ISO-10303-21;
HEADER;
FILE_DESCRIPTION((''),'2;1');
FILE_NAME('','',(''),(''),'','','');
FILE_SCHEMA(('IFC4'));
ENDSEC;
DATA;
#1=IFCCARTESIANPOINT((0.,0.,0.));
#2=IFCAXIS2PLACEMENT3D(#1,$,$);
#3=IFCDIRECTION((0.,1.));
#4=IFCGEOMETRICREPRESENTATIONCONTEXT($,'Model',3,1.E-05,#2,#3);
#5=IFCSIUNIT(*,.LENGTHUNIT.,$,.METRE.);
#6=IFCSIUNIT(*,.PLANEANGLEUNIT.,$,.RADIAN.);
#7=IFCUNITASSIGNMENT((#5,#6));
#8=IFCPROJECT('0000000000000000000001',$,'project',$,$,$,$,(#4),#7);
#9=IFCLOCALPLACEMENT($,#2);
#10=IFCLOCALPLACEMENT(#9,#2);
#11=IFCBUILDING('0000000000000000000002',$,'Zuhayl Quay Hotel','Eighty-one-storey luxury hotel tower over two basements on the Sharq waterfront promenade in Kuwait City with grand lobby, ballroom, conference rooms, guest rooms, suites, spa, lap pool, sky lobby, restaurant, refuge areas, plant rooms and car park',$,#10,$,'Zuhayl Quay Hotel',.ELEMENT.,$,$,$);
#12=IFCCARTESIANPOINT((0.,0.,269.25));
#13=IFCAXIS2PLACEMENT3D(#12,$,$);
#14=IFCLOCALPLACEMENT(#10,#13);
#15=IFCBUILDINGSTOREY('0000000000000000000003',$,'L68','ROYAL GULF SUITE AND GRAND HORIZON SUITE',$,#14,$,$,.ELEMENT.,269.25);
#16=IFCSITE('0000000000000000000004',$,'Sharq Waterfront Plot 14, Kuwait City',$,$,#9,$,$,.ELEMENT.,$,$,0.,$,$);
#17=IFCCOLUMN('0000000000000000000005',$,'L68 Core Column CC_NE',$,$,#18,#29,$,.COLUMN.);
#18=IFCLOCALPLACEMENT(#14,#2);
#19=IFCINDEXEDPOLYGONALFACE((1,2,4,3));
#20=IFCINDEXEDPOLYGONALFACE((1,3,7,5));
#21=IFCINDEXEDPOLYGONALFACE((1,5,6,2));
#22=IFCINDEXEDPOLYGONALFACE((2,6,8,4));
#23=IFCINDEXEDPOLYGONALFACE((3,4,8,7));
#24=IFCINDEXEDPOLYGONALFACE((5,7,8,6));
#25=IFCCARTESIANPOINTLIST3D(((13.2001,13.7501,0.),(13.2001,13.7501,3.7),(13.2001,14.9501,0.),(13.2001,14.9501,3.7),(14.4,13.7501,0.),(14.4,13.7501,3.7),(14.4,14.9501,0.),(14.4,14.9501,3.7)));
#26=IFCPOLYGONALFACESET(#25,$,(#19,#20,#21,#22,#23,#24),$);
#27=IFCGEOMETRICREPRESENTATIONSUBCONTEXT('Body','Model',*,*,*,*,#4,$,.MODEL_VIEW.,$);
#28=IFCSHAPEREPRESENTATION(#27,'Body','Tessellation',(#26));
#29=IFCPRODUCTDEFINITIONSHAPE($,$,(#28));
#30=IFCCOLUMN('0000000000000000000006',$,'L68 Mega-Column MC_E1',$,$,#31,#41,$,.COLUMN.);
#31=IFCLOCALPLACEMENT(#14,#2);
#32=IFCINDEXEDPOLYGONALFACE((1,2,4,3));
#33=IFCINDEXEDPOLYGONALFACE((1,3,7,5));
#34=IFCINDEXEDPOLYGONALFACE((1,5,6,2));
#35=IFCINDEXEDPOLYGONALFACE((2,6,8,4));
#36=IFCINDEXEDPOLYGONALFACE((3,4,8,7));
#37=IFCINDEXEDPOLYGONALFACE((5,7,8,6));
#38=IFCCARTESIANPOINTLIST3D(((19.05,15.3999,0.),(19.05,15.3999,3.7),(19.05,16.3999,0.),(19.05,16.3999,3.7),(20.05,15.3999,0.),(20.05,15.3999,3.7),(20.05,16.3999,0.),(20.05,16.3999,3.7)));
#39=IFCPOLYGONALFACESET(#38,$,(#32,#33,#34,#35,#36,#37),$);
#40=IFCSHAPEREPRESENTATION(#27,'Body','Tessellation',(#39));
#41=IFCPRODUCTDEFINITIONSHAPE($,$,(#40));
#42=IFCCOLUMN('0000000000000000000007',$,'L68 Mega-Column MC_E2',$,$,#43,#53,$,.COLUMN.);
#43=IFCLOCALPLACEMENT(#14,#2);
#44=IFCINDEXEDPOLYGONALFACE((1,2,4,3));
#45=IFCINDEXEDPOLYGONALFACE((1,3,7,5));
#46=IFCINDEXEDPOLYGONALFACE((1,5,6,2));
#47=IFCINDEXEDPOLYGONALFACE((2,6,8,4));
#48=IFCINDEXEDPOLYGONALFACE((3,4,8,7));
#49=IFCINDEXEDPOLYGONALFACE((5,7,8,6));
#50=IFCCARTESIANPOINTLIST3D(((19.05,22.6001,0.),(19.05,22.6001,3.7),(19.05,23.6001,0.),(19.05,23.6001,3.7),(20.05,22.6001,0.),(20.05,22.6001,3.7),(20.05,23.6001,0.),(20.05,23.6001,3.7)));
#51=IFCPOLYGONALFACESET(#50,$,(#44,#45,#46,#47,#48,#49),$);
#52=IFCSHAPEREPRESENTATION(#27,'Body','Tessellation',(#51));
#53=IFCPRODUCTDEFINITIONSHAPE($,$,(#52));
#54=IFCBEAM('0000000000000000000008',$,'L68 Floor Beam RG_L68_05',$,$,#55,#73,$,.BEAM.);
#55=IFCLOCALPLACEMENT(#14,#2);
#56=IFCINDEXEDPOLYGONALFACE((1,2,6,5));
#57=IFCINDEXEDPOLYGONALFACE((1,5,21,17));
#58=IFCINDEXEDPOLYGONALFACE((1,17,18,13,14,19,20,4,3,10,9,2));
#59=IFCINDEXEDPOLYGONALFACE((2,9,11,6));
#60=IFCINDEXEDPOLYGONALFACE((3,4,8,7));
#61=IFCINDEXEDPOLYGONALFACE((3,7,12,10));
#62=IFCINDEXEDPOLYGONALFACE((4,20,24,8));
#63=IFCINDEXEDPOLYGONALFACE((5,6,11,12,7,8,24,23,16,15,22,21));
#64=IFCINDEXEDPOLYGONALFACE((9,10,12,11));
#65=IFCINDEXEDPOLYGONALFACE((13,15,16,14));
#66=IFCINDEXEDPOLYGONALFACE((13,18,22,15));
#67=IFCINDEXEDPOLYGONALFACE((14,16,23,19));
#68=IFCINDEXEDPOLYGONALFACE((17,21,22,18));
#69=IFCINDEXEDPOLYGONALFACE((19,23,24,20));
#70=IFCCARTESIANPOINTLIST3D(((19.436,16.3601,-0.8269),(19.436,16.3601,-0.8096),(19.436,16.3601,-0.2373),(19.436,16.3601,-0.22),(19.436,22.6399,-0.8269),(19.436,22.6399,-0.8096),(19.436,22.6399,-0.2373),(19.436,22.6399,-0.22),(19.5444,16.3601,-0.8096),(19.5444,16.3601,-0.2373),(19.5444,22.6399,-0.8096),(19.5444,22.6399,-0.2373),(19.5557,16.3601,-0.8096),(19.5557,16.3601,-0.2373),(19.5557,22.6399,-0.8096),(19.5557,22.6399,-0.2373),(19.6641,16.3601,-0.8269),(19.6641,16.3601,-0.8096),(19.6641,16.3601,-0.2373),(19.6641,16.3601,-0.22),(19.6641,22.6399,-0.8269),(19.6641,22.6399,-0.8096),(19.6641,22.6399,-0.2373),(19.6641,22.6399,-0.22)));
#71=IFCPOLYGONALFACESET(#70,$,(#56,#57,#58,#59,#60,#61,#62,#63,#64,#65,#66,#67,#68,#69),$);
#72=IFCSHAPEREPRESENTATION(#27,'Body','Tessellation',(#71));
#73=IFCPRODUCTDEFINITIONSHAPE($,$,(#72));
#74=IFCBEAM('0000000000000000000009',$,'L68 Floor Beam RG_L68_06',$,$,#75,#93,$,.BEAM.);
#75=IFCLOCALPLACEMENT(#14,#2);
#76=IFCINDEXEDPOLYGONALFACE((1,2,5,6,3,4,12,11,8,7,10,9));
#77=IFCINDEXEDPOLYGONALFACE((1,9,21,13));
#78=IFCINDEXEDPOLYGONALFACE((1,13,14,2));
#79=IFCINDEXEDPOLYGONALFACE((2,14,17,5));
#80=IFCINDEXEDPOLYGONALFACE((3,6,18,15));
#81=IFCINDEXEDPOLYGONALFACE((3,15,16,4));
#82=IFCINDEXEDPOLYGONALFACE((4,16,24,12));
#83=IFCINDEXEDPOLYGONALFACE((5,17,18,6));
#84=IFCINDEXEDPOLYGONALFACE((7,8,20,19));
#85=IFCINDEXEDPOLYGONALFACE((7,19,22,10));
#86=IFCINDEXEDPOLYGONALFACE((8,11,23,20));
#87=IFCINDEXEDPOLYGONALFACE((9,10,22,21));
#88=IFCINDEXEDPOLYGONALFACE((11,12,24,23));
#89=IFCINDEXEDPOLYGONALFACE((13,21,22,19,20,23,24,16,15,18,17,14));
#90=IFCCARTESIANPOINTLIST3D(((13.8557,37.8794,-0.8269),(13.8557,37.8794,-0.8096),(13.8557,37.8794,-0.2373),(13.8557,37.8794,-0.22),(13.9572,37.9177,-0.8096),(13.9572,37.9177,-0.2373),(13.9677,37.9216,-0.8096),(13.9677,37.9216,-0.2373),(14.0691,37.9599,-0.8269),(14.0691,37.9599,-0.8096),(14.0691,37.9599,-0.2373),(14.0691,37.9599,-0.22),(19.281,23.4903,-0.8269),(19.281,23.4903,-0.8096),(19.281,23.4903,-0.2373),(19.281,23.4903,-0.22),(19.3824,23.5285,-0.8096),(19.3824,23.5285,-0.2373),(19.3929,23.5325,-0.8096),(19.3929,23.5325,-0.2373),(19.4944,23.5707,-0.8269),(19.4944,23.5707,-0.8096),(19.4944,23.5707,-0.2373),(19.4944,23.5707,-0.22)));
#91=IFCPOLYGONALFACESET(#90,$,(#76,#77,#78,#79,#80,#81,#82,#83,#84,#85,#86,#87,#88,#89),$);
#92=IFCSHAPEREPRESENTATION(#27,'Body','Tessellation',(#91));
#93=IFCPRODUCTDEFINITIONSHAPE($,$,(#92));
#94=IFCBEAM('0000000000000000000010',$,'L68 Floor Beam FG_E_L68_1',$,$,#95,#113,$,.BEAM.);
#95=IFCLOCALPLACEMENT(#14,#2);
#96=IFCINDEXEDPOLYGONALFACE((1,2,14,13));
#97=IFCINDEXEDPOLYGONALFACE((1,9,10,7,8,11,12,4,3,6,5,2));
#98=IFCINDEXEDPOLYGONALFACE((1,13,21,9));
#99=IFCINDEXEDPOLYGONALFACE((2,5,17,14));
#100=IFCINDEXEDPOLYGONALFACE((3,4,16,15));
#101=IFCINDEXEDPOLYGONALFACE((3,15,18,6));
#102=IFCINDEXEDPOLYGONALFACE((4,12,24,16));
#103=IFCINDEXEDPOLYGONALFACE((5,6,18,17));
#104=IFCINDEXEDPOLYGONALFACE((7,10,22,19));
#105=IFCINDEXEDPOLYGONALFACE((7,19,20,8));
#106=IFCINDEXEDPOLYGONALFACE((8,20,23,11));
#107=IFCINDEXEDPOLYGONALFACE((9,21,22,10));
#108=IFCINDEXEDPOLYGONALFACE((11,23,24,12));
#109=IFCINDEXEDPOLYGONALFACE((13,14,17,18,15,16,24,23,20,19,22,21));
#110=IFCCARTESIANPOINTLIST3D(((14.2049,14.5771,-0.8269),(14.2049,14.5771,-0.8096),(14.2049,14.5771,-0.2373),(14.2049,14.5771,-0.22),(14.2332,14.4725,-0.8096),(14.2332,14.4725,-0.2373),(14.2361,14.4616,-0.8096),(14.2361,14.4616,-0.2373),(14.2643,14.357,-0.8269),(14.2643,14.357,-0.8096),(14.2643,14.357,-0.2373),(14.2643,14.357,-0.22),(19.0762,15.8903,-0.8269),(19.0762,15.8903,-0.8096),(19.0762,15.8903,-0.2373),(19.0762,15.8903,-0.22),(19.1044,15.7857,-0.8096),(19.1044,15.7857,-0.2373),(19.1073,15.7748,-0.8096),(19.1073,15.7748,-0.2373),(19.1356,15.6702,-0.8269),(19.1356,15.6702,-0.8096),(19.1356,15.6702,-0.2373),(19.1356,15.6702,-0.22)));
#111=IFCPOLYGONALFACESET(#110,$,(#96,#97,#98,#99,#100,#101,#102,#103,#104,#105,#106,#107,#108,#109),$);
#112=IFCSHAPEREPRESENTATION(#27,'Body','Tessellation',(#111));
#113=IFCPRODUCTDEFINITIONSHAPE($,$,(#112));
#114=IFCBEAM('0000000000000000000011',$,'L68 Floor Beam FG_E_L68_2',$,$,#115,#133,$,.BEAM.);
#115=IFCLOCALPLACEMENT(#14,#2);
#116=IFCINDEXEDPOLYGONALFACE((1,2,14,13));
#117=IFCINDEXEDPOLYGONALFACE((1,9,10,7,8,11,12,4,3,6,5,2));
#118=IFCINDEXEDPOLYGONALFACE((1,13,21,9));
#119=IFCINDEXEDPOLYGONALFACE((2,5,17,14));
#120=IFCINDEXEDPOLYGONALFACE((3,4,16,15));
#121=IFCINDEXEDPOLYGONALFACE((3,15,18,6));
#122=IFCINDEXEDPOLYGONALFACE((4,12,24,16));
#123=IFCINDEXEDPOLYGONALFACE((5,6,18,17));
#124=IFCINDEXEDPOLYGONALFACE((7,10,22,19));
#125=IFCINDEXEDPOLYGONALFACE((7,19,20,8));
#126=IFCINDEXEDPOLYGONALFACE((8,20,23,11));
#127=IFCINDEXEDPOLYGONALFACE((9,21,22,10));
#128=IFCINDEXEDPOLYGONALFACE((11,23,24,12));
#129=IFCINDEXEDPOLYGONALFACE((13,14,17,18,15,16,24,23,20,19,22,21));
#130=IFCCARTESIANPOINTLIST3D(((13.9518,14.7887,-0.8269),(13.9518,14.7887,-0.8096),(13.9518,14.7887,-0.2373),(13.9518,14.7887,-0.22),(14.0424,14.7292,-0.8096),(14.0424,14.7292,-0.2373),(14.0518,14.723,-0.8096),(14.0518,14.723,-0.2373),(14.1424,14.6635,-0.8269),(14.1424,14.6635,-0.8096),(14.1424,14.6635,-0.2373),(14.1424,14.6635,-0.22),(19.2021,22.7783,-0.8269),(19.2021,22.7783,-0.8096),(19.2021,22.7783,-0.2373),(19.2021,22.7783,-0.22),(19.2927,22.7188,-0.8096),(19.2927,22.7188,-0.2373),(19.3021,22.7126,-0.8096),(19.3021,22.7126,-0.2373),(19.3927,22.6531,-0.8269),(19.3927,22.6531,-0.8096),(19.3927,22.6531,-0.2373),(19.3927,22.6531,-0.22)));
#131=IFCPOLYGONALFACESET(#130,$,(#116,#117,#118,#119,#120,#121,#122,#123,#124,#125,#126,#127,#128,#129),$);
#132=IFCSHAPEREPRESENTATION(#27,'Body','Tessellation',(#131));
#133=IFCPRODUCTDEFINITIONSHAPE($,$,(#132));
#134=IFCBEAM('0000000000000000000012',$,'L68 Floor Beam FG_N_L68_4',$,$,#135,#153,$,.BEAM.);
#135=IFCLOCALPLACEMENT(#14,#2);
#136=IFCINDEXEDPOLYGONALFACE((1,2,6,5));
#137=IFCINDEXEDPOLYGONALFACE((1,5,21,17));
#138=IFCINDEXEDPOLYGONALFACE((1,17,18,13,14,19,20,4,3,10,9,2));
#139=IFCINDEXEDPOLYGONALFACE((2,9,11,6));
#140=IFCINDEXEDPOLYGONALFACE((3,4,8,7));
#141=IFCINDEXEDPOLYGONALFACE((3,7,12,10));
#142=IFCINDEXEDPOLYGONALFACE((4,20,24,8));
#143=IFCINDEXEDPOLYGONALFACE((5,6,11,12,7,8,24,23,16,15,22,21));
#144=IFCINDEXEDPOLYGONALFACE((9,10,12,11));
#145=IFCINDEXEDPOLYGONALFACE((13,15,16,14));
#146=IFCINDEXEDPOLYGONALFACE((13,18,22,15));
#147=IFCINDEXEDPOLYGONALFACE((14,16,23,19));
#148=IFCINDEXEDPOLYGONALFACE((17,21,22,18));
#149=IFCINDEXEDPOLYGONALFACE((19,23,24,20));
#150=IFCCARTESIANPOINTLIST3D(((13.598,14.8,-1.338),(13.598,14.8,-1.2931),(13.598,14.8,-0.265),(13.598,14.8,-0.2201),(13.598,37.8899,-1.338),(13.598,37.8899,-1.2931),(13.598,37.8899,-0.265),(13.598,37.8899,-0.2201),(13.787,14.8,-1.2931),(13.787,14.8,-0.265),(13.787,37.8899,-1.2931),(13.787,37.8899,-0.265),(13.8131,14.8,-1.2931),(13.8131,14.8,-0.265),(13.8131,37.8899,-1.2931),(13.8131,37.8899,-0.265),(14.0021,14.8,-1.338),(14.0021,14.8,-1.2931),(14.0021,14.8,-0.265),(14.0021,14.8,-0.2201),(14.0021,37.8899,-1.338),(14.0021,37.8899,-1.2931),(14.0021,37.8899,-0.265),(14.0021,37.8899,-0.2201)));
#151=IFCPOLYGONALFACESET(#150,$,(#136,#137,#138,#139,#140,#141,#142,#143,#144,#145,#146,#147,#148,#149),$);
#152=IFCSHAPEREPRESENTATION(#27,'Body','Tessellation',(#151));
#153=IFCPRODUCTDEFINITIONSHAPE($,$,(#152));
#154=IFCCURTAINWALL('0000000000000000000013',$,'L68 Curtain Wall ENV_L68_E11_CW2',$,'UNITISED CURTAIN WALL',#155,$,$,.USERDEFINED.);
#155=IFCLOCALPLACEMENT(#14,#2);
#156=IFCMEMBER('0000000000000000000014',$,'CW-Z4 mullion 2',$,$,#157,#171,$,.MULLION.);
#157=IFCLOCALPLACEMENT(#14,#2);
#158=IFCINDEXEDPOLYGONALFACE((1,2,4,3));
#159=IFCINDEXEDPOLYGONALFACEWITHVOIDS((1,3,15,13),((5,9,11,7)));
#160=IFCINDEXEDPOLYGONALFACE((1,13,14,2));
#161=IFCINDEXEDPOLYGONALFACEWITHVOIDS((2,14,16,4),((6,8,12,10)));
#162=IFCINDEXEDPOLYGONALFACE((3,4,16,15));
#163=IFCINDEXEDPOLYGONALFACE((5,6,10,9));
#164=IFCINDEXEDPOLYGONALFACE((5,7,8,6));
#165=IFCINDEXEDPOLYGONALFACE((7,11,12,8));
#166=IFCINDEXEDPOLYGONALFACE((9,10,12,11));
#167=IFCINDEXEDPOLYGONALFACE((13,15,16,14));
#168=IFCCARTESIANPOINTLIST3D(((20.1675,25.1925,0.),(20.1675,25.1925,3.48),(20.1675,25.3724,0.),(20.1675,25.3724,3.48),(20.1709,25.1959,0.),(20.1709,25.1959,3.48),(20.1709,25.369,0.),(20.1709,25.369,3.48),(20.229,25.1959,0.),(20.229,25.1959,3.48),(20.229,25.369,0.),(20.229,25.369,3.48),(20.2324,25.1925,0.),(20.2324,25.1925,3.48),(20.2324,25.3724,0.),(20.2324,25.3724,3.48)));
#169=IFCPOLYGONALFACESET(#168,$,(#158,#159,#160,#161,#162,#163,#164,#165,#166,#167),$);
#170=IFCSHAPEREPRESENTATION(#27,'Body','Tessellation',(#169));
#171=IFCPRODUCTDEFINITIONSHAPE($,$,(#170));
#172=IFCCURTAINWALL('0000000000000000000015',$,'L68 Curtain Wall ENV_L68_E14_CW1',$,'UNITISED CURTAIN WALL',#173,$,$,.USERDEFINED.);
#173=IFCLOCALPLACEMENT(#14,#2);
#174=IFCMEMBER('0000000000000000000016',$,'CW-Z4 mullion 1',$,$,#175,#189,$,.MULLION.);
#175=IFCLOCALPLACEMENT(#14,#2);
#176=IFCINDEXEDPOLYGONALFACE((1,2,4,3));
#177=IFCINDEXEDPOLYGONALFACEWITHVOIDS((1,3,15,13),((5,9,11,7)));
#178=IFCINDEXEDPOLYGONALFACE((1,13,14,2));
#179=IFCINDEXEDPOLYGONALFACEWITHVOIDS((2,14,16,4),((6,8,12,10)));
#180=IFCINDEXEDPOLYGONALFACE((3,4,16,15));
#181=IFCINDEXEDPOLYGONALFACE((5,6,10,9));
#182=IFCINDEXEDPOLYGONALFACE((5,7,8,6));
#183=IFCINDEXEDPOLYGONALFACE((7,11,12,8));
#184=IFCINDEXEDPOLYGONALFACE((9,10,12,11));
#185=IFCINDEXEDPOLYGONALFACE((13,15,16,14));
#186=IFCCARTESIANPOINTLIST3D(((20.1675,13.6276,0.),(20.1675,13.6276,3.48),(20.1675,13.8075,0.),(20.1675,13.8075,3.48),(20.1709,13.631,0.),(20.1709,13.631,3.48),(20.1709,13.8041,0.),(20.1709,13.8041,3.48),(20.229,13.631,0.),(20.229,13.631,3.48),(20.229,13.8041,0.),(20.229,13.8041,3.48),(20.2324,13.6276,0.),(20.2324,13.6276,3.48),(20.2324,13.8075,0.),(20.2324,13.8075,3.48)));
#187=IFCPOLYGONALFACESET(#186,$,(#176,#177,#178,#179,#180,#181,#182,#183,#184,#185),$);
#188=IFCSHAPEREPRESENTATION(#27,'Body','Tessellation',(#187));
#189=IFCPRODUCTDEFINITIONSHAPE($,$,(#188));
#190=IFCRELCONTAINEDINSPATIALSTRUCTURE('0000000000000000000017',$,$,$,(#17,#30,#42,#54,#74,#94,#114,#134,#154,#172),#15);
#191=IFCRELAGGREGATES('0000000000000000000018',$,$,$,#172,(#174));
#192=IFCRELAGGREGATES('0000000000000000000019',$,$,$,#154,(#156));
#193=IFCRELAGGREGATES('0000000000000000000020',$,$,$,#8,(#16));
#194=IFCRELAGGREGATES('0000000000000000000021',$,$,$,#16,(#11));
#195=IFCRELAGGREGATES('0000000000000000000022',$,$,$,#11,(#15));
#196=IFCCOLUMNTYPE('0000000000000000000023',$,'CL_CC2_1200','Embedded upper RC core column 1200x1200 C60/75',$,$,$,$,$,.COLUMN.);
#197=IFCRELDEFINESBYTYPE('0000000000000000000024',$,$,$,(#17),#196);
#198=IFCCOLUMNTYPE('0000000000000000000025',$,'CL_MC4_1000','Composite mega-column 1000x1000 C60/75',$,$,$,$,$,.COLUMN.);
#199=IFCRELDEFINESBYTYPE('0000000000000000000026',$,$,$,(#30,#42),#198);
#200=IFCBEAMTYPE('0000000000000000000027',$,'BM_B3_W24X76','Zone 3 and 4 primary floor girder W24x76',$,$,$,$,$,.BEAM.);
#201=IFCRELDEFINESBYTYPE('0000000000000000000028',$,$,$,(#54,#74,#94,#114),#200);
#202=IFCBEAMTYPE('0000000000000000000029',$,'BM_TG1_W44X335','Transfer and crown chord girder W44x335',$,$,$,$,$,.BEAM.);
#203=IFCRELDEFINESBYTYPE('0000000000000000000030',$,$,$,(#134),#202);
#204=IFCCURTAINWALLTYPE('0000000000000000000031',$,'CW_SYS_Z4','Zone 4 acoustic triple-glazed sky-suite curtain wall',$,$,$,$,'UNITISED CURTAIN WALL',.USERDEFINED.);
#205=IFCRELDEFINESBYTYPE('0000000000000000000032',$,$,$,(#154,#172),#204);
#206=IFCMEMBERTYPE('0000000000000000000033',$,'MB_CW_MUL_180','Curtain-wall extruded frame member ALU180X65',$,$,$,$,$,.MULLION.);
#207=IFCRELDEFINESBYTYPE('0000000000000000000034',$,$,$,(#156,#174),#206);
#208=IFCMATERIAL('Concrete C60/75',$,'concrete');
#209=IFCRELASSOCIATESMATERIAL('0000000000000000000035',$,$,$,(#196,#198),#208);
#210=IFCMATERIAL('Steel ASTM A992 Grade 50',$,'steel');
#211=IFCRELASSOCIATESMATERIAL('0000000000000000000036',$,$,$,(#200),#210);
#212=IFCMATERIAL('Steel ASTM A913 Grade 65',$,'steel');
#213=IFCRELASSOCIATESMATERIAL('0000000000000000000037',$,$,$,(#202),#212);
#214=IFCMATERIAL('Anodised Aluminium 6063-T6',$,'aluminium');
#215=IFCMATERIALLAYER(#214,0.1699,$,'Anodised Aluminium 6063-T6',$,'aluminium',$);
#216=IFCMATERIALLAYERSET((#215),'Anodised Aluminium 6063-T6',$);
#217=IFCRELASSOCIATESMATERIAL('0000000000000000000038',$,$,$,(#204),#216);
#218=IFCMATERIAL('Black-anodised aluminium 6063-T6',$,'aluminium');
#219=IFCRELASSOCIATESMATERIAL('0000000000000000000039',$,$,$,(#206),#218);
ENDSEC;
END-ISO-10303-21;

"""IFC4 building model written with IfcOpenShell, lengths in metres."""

from ifc_helpers import new_model, si_unit, direction, frame, origin, origin_2d, place, context, subcontext, project, spatial, rectangle, hollow_rectangle, i_section, extrude, material, layer, layer_set, material_profile, profile_set, type_object, element, aggregate, save


model = new_model("IFC4")

# Units and contexts
model_context = context("Model", 3, precision=1e-05, world=origin(), true_north=direction((0.0, 1.0)))
body_context = subcontext(model_context, "Body", "Model", "MODEL_VIEW")
ifc_project = project(units=[si_unit("LENGTHUNIT", "METRE"), si_unit("PLANEANGLEUNIT", "RADIAN")], contexts=[model_context])

# Site, building, storey
site_placement = place(None, origin())
site = spatial("IfcSite", under=ifc_project, at=site_placement, Name="Sharq Waterfront Plot 14, Kuwait City", CompositionType="ELEMENT", RefElevation=0.0)
building_placement = place(site_placement, origin())
building = spatial("IfcBuilding", under=site, at=building_placement, Name="Zuhayl Quay Hotel", Description="Eighty-one-storey luxury hotel tower over two basements on the Sharq waterfront promenade in Kuwait City with grand lobby, ballroom, conference rooms, guest rooms, suites, spa, lap pool, sky lobby, restaurant, refuge areas, plant rooms and car park", LongName="Zuhayl Quay Hotel", CompositionType="ELEMENT")
storey_placement = place(building_placement, frame((0.0, 0.0, 269.25)))
storey = spatial("IfcBuildingStorey", under=building, at=storey_placement, Name="L68", Description="ROYAL GULF SUITE AND GRAND HORIZON SUITE", CompositionType="ELEMENT", Elevation=269.25)

# Columns
ifc_material_1 = material(Name="Concrete C60/75", Category="concrete")
ifc_material_profile_1 = material_profile(ifc_material_1, rectangle(XDim=1.2, YDim=1.2, at=origin_2d()), Name="RC1200X1200")
ifc_profile_set_1 = profile_set([ifc_material_profile_1], Name="Concrete C60/75")
column_type_1 = type_object("IfcColumnType", Name="CL_CC2_1200", Description="Embedded upper RC core column 1200x1200 C60/75", PredefinedType="COLUMN", material=ifc_profile_set_1)
column_placement = place(storey_placement, frame((13.8, 14.3501, 0.0), z_axis=(0.0, 0.0, 1.0), x_axis=(1.0, 0.0, 0.0)))
element("IfcColumn", 1, at=column_placement, inside=storey, type_object=column_type_1, Name="L68 Core Column CC_NE", PredefinedType="COLUMN", context=body_context, shape_type="SweptSolid", body=[
    extrude(rectangle(XDim=1.2, YDim=1.2, at=origin_2d()), origin(), (0.0, 0.0, 1.0), 3.7),
])
ifc_material_profile_2 = material_profile(ifc_material_1, rectangle(XDim=1.0, YDim=1.0, at=origin_2d()), Name="RC1000X1000")
ifc_profile_set_2 = profile_set([ifc_material_profile_2], Name="Concrete C60/75")
column_type_2 = type_object("IfcColumnType", Name="CL_MC4_1000", Description="Composite mega-column 1000x1000 C60/75", PredefinedType="COLUMN", material=ifc_profile_set_2)
for number, where, z_axis, x_axis, name in (
    (2, (19.55, 15.8999, 0.0), (0.0, 0.0, 1.0), (1.0, 0.0, 0.0), "L68 Mega-Column MC_E1"),
    (3, (19.55, 23.1001, 0.0), (0.0, 0.0, 1.0), (1.0, 0.0, 0.0), "L68 Mega-Column MC_E2"),
):
    element("IfcColumn", number, at=place(storey_placement, frame(where, z_axis=z_axis, x_axis=x_axis)), inside=storey, type_object=column_type_2, Name=name, PredefinedType="COLUMN", context=body_context, shape_type="SweptSolid", body=[
        extrude(rectangle(XDim=1.0, YDim=1.0, at=origin_2d()), origin(), (0.0, 0.0, 1.0), 3.7),
    ])

# Beams
ifc_material_2 = material(Name="Steel ASTM A992 Grade 50", Category="steel")
ifc_material_profile_3 = material_profile(ifc_material_2, i_section(OverallWidth=0.228, OverallDepth=0.6069, WebThickness=0.0112, FlangeThickness=0.0173, at=origin_2d()), Name="W24X76")
ifc_profile_set_3 = profile_set([ifc_material_profile_3], Name="Steel ASTM A992 Grade 50")
beam_type_1 = type_object("IfcBeamType", Name="BM_B3_W24X76", Description="Zone 3 and 4 primary floor girder W24x76", PredefinedType="BEAM", material=ifc_profile_set_3)
beam_1_placement = place(storey_placement, frame((19.55, 16.3601, -0.5234), z_axis=(0.0, 1.0, 0.0), x_axis=(-1.0, 0.0, 0.0)))
element("IfcBeam", 4, at=beam_1_placement, inside=storey, type_object=beam_type_1, Name="L68 Floor Beam RG_L68_05", PredefinedType="BEAM", context=body_context, shape_type="SweptSolid", body=[
    extrude(i_section(OverallWidth=0.228, OverallDepth=0.6069, WebThickness=0.0112, FlangeThickness=0.0173, at=origin_2d()), origin(), (0.0, 0.0, 1.0), 6.2798),
])
beam_2_placement = place(storey_placement, frame((19.3877, 23.5305, -0.5234), z_axis=(-0.352797, 0.9357, 0.0), x_axis=(-0.9357, -0.352797, 0.0)))
element("IfcBeam", 5, at=beam_2_placement, inside=storey, type_object=beam_type_1, Name="L68 Floor Beam RG_L68_06", PredefinedType="BEAM", context=body_context, shape_type="SweptSolid", body=[
    extrude(i_section(OverallWidth=0.228, OverallDepth=0.6069, WebThickness=0.0112, FlangeThickness=0.0173, at=origin_2d()), origin(), (0.0, 0.0, 1.0), 15.3779),
])
beam_3_placement = place(storey_placement, frame((14.2346, 14.467, -0.5234), z_axis=(0.96553, 0.260291, 0.0), x_axis=(-0.260291, 0.96553, 0.0)))
element("IfcBeam", 6, at=beam_3_placement, inside=storey, type_object=beam_type_1, Name="L68 Floor Beam FG_E_L68_1", PredefinedType="BEAM", context=body_context, shape_type="SweptSolid", body=[
    extrude(i_section(OverallWidth=0.228, OverallDepth=0.6069, WebThickness=0.0112, FlangeThickness=0.0173, at=origin_2d()), origin(), (0.0, 0.0, 1.0), 5.0452),
])
beam_4_placement = place(storey_placement, frame((14.0471, 14.7261, -0.5234), z_axis=(0.549178, 0.835705, 0.0), x_axis=(-0.835705, 0.549178, 0.0)))
element("IfcBeam", 7, at=beam_4_placement, inside=storey, type_object=beam_type_1, Name="L68 Floor Beam FG_E_L68_2", PredefinedType="BEAM", context=body_context, shape_type="SweptSolid", body=[
    extrude(i_section(OverallWidth=0.228, OverallDepth=0.6069, WebThickness=0.0112, FlangeThickness=0.0173, at=origin_2d()), origin(), (0.0, 0.0, 1.0), 9.5603),
])
ifc_material_3 = material(Name="Steel ASTM A913 Grade 65", Category="steel")
ifc_material_profile_4 = material_profile(ifc_material_3, i_section(OverallWidth=0.4041, OverallDepth=1.1179, WebThickness=0.0261, FlangeThickness=0.0449, at=origin_2d()), Name="W44X335")
ifc_profile_set_4 = profile_set([ifc_material_profile_4], Name="Steel ASTM A913 Grade 65")
beam_type_2 = type_object("IfcBeamType", Name="BM_TG1_W44X335", Description="Transfer and crown chord girder W44x335", PredefinedType="BEAM", material=ifc_profile_set_4)
beam_5_placement = place(storey_placement, frame((13.8, 14.8, -0.7791), z_axis=(0.0, 1.0, 0.0), x_axis=(-1.0, 0.0, 0.0)))
element("IfcBeam", 8, at=beam_5_placement, inside=storey, type_object=beam_type_2, Name="L68 Floor Beam FG_N_L68_4", PredefinedType="BEAM", context=body_context, shape_type="SweptSolid", body=[
    extrude(i_section(OverallWidth=0.4041, OverallDepth=1.1179, WebThickness=0.0261, FlangeThickness=0.0449, at=origin_2d()), origin(), (0.0, 0.0, 1.0), 23.0898),
])

# Curtain wall, member
ifc_material_4 = material(Name="Anodised Aluminium 6063-T6", Category="aluminium")
ifc_layer_1 = layer(ifc_material_4, 0.1699, Name="Anodised Aluminium 6063-T6", Category="aluminium")
ifc_layer_set_1 = layer_set([ifc_layer_1], Name="Anodised Aluminium 6063-T6")
curtain_wall_type = type_object("IfcCurtainWallType", Name="CW_SYS_Z4", Description="Zone 4 acoustic triple-glazed sky-suite curtain wall", ElementType="UNITISED CURTAIN WALL", PredefinedType="USERDEFINED", material=ifc_layer_set_1)
curtain_wall_1_placement = place(storey_placement, origin())
curtain_wall_1 = element("IfcCurtainWall", 9, at=curtain_wall_1_placement, inside=storey, type_object=curtain_wall_type, Name="L68 Curtain Wall ENV_L68_E11_CW2", ObjectType="UNITISED CURTAIN WALL", PredefinedType="USERDEFINED")
ifc_material_5 = material(Name="Black-anodised aluminium 6063-T6", Category="aluminium")
ifc_material_profile_5 = material_profile(ifc_material_5, hollow_rectangle(XDim=0.0649, YDim=0.1799, WallThickness=0.0034, at=origin_2d()), Name="ALU180X65")
ifc_profile_set_5 = profile_set([ifc_material_profile_5], Name="Black-anodised aluminium 6063-T6")
member_type_1 = type_object("IfcMemberType", Name="MB_CW_MUL_180", Description="Curtain-wall extruded frame member ALU180X65", PredefinedType="MULLION", material=ifc_profile_set_5)
member_1_placement = place(storey_placement, frame((20.2, 25.2825, 0.0), z_axis=(0.0, 0.0, 1.0), x_axis=(1.0, 0.0, 0.0)))
member_1 = element("IfcMember", 10, at=member_1_placement, type_object=member_type_1, Name="CW-Z4 mullion 2", PredefinedType="MULLION", context=body_context, shape_type="SweptSolid", body=[
    extrude(hollow_rectangle(XDim=0.0649, YDim=0.1799, WallThickness=0.0034, at=origin_2d()), origin(), (0.0, 0.0, 1.0), 3.48),
])

# Curtain wall, member
curtain_wall_2_placement = place(storey_placement, origin())
curtain_wall_2 = element("IfcCurtainWall", 11, at=curtain_wall_2_placement, inside=storey, type_object=curtain_wall_type, Name="L68 Curtain Wall ENV_L68_E14_CW1", ObjectType="UNITISED CURTAIN WALL", PredefinedType="USERDEFINED")
member_2_placement = place(storey_placement, frame((20.2, 13.7175, 0.0), z_axis=(0.0, 0.0, 1.0), x_axis=(1.0, 0.0, 0.0)))
member_2 = element("IfcMember", 12, at=member_2_placement, type_object=member_type_1, Name="CW-Z4 mullion 1", PredefinedType="MULLION", context=body_context, shape_type="SweptSolid", body=[
    extrude(hollow_rectangle(XDim=0.0649, YDim=0.1799, WallThickness=0.0034, at=origin_2d()), origin(), (0.0, 0.0, 1.0), 3.48),
])
aggregate(curtain_wall_2, [member_2])

aggregate(curtain_wall_1, [member_1])

save(model, "model.ifc")
